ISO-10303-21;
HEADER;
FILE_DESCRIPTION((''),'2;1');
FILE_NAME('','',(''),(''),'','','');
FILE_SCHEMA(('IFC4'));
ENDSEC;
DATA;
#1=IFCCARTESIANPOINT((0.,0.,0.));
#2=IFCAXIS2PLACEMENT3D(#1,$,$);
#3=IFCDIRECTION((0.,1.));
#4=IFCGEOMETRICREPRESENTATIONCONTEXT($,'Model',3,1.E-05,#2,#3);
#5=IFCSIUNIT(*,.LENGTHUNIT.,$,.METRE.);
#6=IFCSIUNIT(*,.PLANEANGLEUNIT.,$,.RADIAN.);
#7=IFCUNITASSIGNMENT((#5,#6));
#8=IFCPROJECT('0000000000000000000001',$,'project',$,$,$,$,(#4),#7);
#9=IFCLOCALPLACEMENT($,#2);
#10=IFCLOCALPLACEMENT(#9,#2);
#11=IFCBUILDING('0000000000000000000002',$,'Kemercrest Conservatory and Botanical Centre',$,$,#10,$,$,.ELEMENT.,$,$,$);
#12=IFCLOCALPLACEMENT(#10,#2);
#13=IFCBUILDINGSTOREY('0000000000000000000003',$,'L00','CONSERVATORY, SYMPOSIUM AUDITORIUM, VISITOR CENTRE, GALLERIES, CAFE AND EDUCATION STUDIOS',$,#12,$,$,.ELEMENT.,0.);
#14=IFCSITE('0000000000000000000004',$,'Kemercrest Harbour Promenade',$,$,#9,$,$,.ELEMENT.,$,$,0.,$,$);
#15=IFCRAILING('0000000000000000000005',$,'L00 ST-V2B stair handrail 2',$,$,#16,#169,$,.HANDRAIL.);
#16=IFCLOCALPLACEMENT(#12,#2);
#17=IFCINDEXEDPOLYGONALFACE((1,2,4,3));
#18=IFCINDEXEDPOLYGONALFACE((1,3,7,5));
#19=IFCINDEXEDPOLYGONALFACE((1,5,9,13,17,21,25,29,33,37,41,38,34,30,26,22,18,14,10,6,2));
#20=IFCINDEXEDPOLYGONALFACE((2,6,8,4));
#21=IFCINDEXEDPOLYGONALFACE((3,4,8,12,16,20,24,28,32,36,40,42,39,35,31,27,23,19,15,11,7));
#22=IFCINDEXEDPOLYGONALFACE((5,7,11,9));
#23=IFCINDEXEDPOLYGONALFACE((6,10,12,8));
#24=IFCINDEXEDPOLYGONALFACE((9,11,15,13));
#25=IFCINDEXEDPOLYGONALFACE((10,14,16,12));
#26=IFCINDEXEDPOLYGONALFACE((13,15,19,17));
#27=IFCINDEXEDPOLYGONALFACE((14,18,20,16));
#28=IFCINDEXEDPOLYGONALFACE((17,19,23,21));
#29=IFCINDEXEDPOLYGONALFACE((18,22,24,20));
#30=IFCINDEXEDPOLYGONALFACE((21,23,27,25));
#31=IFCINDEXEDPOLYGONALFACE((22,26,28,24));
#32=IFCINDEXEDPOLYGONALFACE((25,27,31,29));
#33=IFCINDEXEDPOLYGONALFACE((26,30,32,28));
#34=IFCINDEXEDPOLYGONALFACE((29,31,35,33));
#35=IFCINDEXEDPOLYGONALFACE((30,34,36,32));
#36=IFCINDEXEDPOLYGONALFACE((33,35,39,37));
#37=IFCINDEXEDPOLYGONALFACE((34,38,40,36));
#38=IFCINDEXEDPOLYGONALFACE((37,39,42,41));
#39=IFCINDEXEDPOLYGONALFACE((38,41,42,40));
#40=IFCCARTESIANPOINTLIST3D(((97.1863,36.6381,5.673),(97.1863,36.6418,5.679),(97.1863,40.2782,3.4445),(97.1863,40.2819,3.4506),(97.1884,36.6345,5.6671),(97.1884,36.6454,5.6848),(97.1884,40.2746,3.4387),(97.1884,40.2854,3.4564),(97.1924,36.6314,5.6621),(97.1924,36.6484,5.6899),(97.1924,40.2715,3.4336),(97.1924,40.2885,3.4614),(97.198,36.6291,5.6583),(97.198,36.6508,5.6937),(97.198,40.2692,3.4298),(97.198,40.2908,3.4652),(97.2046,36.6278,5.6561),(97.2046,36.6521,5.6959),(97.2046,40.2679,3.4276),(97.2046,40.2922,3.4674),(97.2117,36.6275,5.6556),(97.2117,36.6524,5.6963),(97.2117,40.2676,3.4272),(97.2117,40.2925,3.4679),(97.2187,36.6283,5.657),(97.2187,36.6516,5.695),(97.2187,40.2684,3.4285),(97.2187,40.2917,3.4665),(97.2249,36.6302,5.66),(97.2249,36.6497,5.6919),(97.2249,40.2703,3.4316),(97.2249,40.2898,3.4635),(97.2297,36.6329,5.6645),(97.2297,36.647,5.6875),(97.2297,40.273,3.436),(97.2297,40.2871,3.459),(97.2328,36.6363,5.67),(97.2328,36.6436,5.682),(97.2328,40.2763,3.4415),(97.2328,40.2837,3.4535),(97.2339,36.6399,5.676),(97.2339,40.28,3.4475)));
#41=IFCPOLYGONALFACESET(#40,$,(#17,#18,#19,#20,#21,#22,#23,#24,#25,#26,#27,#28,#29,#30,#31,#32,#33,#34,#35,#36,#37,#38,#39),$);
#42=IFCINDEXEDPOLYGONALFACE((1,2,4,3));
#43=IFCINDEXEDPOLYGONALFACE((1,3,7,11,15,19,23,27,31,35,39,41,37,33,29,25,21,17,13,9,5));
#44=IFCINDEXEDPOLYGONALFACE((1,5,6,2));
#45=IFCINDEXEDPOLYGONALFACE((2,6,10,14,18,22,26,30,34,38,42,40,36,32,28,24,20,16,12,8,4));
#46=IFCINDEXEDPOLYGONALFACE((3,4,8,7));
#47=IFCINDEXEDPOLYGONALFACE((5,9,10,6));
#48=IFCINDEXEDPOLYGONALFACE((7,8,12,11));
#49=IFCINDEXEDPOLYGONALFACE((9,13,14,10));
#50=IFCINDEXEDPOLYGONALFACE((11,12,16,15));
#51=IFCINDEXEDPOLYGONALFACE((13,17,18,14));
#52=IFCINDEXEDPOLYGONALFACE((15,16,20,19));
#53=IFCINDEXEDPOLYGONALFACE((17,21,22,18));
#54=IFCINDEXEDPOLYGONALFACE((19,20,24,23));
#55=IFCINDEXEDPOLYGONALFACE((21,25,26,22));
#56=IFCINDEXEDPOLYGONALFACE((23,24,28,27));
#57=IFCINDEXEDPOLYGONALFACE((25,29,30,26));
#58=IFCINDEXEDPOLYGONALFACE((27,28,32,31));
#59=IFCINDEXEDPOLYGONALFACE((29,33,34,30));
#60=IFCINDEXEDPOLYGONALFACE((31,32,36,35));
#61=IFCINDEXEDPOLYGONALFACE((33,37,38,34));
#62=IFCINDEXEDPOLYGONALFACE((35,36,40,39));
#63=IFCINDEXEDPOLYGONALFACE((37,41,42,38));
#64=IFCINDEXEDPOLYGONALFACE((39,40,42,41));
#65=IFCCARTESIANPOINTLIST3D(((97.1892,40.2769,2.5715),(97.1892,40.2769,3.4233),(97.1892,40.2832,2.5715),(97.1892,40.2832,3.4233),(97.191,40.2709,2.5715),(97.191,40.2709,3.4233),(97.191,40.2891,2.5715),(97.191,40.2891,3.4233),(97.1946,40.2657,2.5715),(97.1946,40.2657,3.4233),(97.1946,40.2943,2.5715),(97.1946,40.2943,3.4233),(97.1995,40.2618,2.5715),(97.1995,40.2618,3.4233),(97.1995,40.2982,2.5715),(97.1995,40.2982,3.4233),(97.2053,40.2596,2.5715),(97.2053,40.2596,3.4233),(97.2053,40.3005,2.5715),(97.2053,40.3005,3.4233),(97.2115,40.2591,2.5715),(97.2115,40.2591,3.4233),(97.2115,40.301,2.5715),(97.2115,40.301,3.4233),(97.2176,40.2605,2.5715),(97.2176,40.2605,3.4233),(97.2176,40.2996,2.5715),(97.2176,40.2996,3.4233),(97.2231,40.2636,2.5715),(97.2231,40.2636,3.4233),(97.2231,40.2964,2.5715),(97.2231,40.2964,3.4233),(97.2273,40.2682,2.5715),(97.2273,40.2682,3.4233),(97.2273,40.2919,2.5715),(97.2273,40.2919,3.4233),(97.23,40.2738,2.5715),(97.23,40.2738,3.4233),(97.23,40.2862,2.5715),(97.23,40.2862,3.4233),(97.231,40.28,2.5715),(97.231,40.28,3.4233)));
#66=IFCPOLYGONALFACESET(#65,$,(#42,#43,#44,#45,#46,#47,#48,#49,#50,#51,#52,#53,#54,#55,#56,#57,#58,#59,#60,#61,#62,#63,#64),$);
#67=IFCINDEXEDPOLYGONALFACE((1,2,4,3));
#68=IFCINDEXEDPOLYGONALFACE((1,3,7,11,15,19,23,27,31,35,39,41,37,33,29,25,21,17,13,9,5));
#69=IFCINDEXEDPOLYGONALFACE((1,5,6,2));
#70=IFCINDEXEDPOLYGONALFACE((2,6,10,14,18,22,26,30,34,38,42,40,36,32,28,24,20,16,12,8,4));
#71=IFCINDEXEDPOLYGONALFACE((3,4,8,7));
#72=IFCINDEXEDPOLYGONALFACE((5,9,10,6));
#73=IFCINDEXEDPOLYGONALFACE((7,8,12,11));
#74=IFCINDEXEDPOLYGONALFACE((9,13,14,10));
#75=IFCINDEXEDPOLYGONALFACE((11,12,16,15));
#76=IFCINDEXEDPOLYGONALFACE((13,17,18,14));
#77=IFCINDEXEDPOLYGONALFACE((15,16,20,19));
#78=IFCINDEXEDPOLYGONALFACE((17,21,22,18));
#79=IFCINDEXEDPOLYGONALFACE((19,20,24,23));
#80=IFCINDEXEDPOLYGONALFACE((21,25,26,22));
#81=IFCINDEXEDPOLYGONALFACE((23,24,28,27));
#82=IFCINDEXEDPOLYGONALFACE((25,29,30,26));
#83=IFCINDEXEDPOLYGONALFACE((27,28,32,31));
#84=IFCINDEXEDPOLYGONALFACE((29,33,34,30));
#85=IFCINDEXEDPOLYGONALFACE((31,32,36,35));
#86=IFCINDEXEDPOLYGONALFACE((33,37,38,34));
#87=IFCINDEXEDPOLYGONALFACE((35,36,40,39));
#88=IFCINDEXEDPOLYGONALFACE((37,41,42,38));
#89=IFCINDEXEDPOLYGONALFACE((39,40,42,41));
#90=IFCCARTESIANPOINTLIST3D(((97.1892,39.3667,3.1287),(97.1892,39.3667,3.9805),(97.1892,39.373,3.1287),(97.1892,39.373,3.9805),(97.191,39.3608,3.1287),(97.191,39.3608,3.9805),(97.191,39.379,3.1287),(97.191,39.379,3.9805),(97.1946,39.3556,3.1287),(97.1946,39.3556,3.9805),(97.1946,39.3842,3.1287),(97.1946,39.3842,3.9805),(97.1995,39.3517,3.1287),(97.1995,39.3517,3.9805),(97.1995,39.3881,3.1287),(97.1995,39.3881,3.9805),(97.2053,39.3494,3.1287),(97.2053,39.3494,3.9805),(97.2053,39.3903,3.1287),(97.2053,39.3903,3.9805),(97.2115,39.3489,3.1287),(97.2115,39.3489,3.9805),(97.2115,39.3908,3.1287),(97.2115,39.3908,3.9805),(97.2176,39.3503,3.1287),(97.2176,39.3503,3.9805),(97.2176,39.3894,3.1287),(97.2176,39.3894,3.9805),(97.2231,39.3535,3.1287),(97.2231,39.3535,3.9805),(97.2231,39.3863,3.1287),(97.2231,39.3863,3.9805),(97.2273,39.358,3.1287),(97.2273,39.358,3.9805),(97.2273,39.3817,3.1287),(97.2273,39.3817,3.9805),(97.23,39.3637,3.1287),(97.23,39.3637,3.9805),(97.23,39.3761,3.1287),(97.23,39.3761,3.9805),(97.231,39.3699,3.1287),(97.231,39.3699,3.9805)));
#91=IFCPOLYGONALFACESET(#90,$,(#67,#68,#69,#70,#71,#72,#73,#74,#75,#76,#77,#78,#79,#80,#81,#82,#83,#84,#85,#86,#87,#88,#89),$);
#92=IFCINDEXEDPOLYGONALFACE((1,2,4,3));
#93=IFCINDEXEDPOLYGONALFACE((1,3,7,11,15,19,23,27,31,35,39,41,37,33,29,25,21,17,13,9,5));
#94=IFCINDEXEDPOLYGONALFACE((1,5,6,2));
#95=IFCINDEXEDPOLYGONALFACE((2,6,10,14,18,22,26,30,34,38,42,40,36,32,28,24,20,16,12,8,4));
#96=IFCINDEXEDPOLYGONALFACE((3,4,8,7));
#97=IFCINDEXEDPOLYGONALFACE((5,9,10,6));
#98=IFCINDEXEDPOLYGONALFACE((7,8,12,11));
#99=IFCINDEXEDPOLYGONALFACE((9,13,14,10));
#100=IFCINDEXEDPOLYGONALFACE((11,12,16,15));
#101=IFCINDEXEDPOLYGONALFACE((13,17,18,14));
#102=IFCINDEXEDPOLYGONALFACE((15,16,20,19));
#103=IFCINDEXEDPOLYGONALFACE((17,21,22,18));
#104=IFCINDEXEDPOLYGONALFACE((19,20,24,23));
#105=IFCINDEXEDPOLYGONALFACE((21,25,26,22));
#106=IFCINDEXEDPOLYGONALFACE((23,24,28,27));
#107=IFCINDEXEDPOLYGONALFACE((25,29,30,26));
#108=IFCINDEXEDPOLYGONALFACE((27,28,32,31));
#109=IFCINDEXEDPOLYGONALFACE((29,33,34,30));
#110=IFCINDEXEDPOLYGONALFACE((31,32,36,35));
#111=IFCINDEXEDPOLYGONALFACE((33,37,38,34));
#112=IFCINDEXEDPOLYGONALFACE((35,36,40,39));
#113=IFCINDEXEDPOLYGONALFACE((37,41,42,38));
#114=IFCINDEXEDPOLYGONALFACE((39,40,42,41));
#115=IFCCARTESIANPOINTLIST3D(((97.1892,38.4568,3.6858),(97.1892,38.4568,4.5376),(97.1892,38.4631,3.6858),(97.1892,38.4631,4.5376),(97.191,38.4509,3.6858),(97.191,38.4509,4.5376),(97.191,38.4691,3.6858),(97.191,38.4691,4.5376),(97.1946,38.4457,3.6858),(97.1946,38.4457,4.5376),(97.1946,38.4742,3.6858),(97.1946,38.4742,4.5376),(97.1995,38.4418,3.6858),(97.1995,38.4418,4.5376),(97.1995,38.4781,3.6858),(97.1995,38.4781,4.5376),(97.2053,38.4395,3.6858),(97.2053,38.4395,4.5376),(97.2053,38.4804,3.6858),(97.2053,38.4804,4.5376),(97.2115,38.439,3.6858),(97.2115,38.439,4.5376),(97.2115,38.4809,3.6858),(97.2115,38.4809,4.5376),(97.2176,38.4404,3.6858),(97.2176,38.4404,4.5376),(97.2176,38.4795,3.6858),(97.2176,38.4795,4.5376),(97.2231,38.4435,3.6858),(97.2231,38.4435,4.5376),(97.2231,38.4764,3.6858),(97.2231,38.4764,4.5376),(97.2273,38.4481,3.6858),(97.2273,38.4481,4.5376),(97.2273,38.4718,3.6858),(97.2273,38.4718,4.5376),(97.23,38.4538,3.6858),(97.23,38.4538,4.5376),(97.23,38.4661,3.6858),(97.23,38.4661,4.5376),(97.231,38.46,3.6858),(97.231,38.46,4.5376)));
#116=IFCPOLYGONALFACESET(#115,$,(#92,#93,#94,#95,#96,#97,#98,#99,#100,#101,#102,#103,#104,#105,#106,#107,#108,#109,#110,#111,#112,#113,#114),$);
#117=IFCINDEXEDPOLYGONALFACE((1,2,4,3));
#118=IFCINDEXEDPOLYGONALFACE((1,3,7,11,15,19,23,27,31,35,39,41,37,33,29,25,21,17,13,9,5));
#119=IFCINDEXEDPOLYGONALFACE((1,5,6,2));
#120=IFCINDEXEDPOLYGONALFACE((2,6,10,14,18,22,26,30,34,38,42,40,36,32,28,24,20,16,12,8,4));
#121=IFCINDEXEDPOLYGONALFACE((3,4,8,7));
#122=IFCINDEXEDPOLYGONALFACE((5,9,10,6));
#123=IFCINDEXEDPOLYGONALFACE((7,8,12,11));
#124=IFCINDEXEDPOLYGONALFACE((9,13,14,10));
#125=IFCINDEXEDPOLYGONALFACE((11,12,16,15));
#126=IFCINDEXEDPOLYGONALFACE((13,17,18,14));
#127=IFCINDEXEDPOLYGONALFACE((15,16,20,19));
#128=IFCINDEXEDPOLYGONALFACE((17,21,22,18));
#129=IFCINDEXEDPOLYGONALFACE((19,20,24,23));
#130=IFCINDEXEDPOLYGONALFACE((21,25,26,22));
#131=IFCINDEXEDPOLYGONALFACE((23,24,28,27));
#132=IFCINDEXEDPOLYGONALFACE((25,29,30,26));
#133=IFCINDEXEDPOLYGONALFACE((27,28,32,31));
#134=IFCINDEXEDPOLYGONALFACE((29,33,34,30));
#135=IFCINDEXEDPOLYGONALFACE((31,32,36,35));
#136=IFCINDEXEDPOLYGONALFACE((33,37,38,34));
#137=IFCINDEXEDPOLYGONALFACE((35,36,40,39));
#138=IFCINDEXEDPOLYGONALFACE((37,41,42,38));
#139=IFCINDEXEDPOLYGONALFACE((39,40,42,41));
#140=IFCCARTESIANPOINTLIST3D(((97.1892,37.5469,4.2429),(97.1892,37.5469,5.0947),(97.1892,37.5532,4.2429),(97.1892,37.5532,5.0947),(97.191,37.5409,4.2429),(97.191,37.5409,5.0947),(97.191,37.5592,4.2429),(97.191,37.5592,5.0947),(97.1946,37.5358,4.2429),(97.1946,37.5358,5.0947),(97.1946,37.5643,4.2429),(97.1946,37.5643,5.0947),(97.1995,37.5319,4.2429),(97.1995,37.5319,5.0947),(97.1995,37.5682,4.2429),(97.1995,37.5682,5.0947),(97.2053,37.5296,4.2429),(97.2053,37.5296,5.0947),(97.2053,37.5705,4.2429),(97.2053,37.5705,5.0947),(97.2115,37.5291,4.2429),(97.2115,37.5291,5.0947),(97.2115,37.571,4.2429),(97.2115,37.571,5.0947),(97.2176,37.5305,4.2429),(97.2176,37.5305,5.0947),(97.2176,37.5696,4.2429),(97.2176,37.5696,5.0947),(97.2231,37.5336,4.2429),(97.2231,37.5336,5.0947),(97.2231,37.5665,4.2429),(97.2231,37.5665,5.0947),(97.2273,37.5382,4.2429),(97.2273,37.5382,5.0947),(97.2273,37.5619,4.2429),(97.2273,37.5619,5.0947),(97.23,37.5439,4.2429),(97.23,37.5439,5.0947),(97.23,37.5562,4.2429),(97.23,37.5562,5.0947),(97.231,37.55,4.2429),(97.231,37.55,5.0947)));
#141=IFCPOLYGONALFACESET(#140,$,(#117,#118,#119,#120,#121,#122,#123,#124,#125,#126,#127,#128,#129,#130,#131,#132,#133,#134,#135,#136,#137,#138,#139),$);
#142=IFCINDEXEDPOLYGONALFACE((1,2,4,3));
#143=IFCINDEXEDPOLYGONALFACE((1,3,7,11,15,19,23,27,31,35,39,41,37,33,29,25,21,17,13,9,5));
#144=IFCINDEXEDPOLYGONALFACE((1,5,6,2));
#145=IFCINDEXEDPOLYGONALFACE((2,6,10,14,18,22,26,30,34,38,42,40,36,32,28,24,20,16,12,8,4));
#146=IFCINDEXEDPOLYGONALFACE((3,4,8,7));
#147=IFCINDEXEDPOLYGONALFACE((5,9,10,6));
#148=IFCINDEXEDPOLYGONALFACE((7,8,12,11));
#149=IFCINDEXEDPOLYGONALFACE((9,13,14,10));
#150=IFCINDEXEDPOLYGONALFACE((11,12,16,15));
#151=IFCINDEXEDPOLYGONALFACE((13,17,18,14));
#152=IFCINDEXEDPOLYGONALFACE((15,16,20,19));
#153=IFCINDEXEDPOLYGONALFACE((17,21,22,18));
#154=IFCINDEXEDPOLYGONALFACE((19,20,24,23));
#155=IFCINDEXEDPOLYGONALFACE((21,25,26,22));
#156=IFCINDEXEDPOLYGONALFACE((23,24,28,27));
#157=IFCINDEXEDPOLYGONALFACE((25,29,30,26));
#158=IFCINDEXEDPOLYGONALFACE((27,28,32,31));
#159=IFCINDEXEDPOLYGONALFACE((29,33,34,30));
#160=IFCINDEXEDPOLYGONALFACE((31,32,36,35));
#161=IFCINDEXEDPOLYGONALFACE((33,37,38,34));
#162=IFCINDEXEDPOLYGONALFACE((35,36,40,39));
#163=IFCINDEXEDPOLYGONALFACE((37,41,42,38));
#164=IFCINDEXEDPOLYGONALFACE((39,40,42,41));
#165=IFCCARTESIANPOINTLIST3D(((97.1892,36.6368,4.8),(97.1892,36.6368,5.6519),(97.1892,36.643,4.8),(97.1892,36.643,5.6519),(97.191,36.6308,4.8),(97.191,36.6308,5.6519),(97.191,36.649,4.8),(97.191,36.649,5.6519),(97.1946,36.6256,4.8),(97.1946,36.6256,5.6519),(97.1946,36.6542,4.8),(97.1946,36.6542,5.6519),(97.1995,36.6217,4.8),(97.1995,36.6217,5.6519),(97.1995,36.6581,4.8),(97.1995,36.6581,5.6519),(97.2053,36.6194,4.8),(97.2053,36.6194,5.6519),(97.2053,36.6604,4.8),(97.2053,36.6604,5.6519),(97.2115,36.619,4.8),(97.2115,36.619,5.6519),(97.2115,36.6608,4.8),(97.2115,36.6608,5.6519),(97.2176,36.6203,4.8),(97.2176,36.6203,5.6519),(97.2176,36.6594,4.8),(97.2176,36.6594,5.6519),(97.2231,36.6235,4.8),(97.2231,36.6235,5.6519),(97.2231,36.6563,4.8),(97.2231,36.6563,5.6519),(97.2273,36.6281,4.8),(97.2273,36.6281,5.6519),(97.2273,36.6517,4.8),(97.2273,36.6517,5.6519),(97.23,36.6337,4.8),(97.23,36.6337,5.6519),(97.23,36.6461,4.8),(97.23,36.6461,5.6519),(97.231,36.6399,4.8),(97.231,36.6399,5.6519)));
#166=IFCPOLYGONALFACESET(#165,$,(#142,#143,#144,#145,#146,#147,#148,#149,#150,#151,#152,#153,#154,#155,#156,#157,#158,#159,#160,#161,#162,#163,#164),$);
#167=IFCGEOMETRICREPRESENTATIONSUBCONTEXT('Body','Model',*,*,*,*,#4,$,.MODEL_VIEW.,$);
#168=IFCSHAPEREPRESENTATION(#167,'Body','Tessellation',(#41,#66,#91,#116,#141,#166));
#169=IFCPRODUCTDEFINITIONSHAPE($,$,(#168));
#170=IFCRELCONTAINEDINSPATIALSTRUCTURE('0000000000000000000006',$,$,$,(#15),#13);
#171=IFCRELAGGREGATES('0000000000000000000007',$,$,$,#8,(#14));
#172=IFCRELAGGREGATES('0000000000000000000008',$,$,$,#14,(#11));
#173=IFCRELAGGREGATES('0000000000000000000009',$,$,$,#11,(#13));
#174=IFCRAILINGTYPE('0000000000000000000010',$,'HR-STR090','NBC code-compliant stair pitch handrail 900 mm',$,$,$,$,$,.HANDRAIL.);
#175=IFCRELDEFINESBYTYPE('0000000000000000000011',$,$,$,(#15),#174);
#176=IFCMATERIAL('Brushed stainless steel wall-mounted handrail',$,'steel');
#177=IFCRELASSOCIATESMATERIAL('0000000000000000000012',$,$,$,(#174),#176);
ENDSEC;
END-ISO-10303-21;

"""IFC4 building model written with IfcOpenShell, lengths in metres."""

from ifc_helpers import new_model, si_unit, direction, frame, origin, origin_2d, place, context, subcontext, project, spatial, circle, extrude, material, type_object, element, save


model = new_model("IFC4")

# Units and contexts
model_context = context("Model", 3, precision=1e-05, world=origin(), true_north=direction((0.0, 1.0)))
body_context = subcontext(model_context, "Body", "Model", "MODEL_VIEW")
ifc_project = project(units=[si_unit("LENGTHUNIT", "METRE"), si_unit("PLANEANGLEUNIT", "RADIAN")], contexts=[model_context])

# Site, building, storey
site_placement = place(None, origin())
site = spatial("IfcSite", under=ifc_project, at=site_placement, Name="Kemercrest Harbour Promenade", CompositionType="ELEMENT", RefElevation=0.0)
building_placement = place(site_placement, origin())
building = spatial("IfcBuilding", under=site, at=building_placement, Name="Kemercrest Conservatory and Botanical Centre", CompositionType="ELEMENT")
storey_placement = place(building_placement, origin())
storey = spatial("IfcBuildingStorey", under=building, at=storey_placement, Name="L00", Description="CONSERVATORY, SYMPOSIUM AUDITORIUM, VISITOR CENTRE, GALLERIES, CAFE AND EDUCATION STUDIOS", CompositionType="ELEMENT", Elevation=0.0)

# Railing
ifc_material_1 = material(Name="Brushed stainless steel wall-mounted handrail", Category="steel")
railing_type_1 = type_object("IfcRailingType", Name="HR-STR090", Description="NBC code-compliant stair pitch handrail 900 mm", PredefinedType="HANDRAIL", material=ifc_material_1)
railing_1_placement = place(storey_placement, frame((97.21, 40.28, 2.5715)))
element("IfcRailing", 1, at=railing_1_placement, inside=storey, type_object=railing_type_1, Name="L00 ST-V2B stair handrail 2", PredefinedType="HANDRAIL", context=body_context, shape_type="SweptSolid", body=[
    extrude(circle(Radius=0.0239, at=origin_2d()), frame((0.0, 0.0, 0.876), z_axis=(0.0, -0.852866, 0.52213), x_axis=(1.0, 0.0, 0.0)), (0.0, 0.0, 1.0), 4.2681),
    extrude(circle(Radius=0.021, at=origin_2d()), origin(), (0.0, 0.0, 1.0), 0.8518),
    extrude(circle(Radius=0.021, at=origin_2d()), frame((0.0, -0.9102, 0.5571)), (0.0, 0.0, 1.0), 0.8518),
    extrude(circle(Radius=0.021, at=origin_2d()), frame((0.0, -1.8201, 1.1143)), (0.0, 0.0, 1.0), 0.8518),
    extrude(circle(Radius=0.021, at=origin_2d()), frame((0.0, -2.73, 1.6714)), (0.0, 0.0, 1.0), 0.8518),
    extrude(circle(Radius=0.021, at=origin_2d()), frame((0.0, -3.6401, 2.2285)), (0.0, 0.0, 1.0), 0.8518),
])

save(model, "model.ifc")
